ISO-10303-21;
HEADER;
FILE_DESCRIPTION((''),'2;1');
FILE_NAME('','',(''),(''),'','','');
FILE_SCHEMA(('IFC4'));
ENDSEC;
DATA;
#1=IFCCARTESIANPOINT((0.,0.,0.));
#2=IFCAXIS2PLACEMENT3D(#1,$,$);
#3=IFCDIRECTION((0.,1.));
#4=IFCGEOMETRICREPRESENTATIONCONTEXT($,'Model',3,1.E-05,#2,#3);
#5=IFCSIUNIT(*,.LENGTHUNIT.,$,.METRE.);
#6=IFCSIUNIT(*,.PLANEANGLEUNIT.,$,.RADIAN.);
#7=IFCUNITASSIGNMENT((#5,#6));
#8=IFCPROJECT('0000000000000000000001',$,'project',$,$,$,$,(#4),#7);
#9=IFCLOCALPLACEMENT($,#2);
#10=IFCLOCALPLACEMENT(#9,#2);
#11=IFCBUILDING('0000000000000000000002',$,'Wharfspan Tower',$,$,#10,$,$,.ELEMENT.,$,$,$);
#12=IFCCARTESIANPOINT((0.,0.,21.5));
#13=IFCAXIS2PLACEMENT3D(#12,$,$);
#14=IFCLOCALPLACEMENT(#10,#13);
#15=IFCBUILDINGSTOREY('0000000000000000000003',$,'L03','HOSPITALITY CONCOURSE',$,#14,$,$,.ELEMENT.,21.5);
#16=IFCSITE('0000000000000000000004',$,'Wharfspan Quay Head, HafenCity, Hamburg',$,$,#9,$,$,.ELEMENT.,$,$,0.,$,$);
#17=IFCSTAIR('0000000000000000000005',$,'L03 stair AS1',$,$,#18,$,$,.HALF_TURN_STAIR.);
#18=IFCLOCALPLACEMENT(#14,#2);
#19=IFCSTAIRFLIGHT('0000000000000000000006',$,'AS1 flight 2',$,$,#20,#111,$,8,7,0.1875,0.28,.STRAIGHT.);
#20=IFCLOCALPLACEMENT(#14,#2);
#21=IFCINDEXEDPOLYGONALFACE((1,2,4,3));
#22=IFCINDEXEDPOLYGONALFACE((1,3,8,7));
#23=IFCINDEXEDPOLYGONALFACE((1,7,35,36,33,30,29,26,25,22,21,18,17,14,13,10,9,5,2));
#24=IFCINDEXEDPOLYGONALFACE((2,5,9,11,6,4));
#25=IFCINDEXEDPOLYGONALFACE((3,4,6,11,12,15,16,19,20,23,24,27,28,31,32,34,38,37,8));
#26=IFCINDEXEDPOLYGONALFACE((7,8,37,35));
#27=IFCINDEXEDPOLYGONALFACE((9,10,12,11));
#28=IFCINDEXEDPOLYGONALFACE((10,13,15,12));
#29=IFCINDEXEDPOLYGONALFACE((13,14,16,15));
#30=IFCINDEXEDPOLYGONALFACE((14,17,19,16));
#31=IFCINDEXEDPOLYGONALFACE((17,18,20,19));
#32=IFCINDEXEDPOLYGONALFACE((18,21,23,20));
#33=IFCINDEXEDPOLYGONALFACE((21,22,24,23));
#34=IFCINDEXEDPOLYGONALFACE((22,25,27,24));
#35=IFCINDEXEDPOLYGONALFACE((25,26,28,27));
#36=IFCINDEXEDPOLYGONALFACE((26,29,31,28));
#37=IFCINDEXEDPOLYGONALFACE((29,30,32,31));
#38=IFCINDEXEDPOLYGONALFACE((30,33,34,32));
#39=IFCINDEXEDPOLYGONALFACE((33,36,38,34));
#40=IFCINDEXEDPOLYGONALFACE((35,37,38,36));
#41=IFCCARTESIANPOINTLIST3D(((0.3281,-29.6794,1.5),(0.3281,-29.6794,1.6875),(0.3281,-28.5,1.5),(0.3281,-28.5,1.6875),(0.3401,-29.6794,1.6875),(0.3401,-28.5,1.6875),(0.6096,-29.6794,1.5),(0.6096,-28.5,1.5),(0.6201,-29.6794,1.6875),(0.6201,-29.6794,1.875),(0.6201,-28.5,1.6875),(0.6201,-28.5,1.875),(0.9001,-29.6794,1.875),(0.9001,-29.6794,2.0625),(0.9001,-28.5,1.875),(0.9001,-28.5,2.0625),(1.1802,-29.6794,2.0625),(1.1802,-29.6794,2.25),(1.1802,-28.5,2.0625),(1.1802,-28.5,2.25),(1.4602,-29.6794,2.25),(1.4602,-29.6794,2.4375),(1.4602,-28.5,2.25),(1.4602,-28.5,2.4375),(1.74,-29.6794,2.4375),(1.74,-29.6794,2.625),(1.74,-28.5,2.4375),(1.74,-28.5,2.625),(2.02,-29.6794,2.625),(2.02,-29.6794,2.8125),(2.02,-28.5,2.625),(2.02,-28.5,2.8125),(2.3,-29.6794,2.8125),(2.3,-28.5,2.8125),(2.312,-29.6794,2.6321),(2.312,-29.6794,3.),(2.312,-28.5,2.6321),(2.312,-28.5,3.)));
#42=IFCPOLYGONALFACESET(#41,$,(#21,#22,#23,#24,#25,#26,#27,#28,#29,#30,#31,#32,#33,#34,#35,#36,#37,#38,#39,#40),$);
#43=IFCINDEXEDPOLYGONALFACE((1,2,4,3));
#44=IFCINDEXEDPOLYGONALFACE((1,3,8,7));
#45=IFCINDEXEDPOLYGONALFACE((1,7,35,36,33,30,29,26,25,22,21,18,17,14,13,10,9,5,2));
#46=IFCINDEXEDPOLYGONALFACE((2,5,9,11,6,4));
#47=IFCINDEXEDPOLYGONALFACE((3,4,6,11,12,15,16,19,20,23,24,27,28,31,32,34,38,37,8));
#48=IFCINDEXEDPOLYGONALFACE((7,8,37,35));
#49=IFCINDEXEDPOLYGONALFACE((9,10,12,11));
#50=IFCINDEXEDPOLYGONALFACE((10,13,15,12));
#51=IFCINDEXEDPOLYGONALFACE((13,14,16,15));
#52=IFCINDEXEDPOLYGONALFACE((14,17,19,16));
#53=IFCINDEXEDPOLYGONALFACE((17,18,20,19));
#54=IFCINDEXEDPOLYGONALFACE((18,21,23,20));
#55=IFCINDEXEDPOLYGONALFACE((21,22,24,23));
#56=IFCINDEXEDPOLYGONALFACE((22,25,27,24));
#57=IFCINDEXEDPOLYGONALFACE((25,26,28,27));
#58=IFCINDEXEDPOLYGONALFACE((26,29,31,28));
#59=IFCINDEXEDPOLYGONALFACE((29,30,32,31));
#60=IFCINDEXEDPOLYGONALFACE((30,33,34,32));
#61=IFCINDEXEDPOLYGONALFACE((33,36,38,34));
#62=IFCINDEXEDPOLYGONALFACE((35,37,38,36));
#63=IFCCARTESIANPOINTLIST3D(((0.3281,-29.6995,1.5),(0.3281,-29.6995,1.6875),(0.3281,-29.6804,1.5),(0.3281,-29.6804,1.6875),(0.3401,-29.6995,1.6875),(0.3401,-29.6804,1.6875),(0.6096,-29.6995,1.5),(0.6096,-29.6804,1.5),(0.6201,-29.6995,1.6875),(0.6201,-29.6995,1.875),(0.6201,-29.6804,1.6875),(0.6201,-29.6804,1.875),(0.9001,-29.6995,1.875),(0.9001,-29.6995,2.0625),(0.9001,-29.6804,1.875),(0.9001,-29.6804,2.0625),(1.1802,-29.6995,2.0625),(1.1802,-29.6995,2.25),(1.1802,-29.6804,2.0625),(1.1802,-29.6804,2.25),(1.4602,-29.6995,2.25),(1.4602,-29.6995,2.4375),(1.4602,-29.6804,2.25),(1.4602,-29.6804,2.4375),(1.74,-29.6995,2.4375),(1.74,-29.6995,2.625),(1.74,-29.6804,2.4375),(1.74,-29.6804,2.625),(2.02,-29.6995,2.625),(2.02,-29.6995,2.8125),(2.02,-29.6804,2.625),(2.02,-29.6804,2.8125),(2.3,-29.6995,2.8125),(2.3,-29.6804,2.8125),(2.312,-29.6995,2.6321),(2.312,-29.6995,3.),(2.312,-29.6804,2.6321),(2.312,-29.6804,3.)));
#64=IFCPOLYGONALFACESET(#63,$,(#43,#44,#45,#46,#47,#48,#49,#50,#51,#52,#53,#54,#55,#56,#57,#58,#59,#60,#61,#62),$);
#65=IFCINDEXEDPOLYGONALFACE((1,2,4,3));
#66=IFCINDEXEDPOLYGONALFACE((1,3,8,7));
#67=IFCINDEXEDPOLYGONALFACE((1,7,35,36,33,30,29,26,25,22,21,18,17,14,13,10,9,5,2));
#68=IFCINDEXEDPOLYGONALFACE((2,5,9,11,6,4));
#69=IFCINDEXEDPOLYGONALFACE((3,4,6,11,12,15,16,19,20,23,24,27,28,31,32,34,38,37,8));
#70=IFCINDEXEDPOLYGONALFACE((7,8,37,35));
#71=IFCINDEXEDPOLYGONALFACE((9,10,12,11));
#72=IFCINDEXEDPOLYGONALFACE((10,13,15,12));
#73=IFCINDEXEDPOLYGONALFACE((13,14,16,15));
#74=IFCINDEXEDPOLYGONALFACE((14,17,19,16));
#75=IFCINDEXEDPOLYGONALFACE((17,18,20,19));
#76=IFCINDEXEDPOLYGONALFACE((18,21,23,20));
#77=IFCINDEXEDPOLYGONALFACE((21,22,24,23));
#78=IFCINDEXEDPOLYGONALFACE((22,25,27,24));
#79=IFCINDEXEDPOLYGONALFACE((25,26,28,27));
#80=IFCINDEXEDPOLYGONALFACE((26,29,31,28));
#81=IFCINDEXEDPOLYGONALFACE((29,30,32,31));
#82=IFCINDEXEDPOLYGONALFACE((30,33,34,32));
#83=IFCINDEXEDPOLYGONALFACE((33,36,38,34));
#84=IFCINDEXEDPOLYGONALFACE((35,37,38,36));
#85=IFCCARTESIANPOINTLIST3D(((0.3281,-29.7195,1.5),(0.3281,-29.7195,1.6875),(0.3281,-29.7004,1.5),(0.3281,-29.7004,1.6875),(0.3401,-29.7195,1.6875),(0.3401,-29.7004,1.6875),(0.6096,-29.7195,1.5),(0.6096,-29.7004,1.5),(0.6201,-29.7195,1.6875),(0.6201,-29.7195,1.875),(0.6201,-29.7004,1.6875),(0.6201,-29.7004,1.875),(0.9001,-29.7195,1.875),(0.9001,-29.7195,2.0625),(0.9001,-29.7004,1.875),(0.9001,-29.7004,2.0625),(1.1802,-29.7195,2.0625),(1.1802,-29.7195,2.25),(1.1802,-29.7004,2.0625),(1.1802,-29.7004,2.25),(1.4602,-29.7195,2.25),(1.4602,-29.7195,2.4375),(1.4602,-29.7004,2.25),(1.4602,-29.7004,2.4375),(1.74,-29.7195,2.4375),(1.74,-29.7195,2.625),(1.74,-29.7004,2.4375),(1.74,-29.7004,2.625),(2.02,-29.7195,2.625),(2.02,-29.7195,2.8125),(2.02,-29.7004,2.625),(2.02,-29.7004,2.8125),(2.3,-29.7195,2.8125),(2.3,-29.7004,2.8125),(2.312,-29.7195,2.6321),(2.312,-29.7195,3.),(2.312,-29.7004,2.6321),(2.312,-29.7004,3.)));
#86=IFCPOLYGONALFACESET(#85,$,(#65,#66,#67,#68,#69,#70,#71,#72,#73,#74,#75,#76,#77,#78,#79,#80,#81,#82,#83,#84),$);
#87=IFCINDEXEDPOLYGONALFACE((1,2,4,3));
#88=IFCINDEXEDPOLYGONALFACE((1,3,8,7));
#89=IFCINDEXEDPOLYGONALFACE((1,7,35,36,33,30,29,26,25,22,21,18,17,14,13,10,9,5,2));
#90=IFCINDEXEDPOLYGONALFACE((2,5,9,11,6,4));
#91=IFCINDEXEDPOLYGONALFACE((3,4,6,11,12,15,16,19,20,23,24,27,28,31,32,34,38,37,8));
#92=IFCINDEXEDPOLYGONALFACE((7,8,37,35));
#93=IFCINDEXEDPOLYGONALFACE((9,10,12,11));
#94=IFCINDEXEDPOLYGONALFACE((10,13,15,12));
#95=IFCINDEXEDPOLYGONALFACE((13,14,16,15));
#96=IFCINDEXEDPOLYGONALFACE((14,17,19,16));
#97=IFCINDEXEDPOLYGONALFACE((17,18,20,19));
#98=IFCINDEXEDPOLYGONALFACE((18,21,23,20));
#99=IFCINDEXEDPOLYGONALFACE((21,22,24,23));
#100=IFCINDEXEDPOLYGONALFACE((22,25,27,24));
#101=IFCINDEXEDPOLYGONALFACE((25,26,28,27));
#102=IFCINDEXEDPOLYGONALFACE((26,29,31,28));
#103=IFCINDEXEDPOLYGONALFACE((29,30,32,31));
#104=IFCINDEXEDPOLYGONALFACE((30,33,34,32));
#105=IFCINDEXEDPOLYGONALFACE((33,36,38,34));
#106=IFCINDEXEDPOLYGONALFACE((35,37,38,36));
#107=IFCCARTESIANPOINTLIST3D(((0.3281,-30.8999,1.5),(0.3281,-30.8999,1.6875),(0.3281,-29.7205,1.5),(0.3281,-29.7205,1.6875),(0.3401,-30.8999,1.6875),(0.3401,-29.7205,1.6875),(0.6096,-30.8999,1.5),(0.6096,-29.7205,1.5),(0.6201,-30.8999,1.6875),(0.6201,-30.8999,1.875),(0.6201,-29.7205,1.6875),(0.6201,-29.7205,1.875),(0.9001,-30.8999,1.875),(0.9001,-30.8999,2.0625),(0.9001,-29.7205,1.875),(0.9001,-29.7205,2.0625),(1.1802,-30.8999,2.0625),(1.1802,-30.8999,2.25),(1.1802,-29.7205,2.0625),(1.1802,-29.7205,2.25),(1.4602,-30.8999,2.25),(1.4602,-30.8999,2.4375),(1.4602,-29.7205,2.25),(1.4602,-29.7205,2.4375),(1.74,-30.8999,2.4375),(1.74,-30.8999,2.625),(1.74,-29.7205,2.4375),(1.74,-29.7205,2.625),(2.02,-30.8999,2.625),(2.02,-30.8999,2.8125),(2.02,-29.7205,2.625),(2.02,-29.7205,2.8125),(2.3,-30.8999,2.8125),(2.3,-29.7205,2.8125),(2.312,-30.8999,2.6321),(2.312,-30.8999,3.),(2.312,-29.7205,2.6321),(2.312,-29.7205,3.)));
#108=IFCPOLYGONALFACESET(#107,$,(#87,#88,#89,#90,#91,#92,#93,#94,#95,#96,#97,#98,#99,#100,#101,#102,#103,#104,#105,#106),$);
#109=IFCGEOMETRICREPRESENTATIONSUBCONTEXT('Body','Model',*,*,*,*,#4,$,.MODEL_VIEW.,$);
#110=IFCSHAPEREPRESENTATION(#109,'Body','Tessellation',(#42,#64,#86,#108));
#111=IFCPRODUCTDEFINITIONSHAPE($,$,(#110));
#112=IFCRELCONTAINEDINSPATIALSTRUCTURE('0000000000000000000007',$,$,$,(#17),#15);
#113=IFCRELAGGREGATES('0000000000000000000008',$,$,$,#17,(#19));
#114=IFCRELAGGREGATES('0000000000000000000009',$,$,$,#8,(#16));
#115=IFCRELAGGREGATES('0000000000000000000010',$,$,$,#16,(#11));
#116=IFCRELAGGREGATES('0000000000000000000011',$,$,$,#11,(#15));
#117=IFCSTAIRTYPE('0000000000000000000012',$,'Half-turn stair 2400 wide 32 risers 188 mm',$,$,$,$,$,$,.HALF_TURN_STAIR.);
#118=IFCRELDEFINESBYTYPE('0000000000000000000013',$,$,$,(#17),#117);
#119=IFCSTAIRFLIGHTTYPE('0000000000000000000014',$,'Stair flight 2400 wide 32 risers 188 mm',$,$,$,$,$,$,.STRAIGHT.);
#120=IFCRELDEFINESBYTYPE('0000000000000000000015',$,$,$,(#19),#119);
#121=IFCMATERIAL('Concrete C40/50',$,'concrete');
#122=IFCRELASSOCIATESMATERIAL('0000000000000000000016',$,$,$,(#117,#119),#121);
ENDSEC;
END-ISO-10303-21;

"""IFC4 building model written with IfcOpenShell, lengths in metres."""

from ifc_helpers import new_model, si_unit, direction, frame, origin, place, context, subcontext, project, spatial, polyline, outline, extrude, material, type_object, element, aggregate, save


model = new_model("IFC4")

# Units and contexts
model_context = context("Model", 3, precision=1e-05, world=origin(), true_north=direction((0.0, 1.0)))
body_context = subcontext(model_context, "Body", "Model", "MODEL_VIEW")
ifc_project = project(units=[si_unit("LENGTHUNIT", "METRE"), si_unit("PLANEANGLEUNIT", "RADIAN")], contexts=[model_context])

# Site, building, storey
site_placement = place(None, origin())
site = spatial("IfcSite", under=ifc_project, at=site_placement, Name="Wharfspan Quay Head, HafenCity, Hamburg", CompositionType="ELEMENT", RefElevation=0.0)
building_placement = place(site_placement, origin())
building = spatial("IfcBuilding", under=site, at=building_placement, Name="Wharfspan Tower", CompositionType="ELEMENT")
storey_placement = place(building_placement, frame((0.0, 0.0, 21.5)))
storey = spatial("IfcBuildingStorey", under=building, at=storey_placement, Name="L03", Description="HOSPITALITY CONCOURSE", CompositionType="ELEMENT", Elevation=21.5)

# Shared definitions
ifc_material_1 = material(Name="Concrete C40/50", Category="concrete")
stair_type = type_object("IfcStairType", Name="Half-turn stair 2400 wide 32 risers 188 mm", PredefinedType="HALF_TURN_STAIR", material=ifc_material_1)

# Stair, stair flight
stair_1_placement = place(storey_placement, origin())
stair_1 = element("IfcStair", 1, at=stair_1_placement, inside=storey, type_object=stair_type, Name="L03 stair AS1", PredefinedType="HALF_TURN_STAIR")
stair_flight_type = type_object("IfcStairFlightType", Name="Stair flight 2400 wide 32 risers 188 mm", PredefinedType="STRAIGHT", material=ifc_material_1)
stair_flight_1_placement = place(storey_placement, frame((0.3401, -29.7, 1.5), z_axis=(0.0, 0.0, 1.0), x_axis=(1.0, 0.0, 0.0)))
stair_flight_1 = element("IfcStairFlight", 2, at=stair_flight_1_placement, type_object=stair_flight_type, Name="AS1 flight 2", NumberOfRisers=8, NumberOfTreads=7, PredefinedType="STRAIGHT", RiserHeight=0.1875, TreadLength=0.28, context=body_context, shape_type="SweptSolid", body=[
    extrude(outline(polyline([(-0.012, 0.0), (-0.012, 0.1875), (0.0, 0.1875), (0.28, 0.1875), (0.28, 0.375), (0.5601, 0.375), (0.5601, 0.5625), (0.8401, 0.5625), (0.8401, 0.75), (1.1201, 0.75), (1.1201, 0.9375), (1.3999, 0.9375), (1.3999, 1.125), (1.6799, 1.125), (1.6799, 1.3125), (1.96, 1.3125), (1.9719, 1.5), (1.9719, 1.1321), (0.2695, 0.0), (-0.012, 0.0)])), frame((0.0, 1.2, 0.0), z_axis=(0.0, -1.0, 0.0), x_axis=(1.0, 0.0, 0.0)), (0.0, 0.0, 1.0), 1.1794),
    extrude(outline(polyline([(-0.012, 0.0), (-0.012, 0.1875), (0.0, 0.1875), (0.28, 0.1875), (0.28, 0.375), (0.5601, 0.375), (0.5601, 0.5625), (0.8401, 0.5625), (0.8401, 0.75), (1.1201, 0.75), (1.1201, 0.9375), (1.3999, 0.9375), (1.3999, 1.125), (1.6799, 1.125), (1.6799, 1.3125), (1.96, 1.3125), (1.9719, 1.5), (1.9719, 1.1321), (0.2695, 0.0), (-0.012, 0.0)])), frame((0.0, 0.0195, 0.0), z_axis=(0.0, -1.0, 0.0), x_axis=(1.0, 0.0, 0.0)), (0.0, 0.0, 1.0), 0.019),
    extrude(outline(polyline([(-0.012, 0.0), (-0.012, 0.1875), (0.0, 0.1875), (0.28, 0.1875), (0.28, 0.375), (0.5601, 0.375), (0.5601, 0.5625), (0.8401, 0.5625), (0.8401, 0.75), (1.1201, 0.75), (1.1201, 0.9375), (1.3999, 0.9375), (1.3999, 1.125), (1.6799, 1.125), (1.6799, 1.3125), (1.96, 1.3125), (1.9719, 1.5), (1.9719, 1.1321), (0.2695, 0.0), (-0.012, 0.0)])), frame((0.0, -0.0005, 0.0), z_axis=(0.0, -1.0, 0.0), x_axis=(1.0, 0.0, 0.0)), (0.0, 0.0, 1.0), 0.019),
    extrude(outline(polyline([(-0.012, 0.0), (-0.012, 0.1875), (0.0, 0.1875), (0.28, 0.1875), (0.28, 0.375), (0.5601, 0.375), (0.5601, 0.5625), (0.8401, 0.5625), (0.8401, 0.75), (1.1201, 0.75), (1.1201, 0.9375), (1.3999, 0.9375), (1.3999, 1.125), (1.6799, 1.125), (1.6799, 1.3125), (1.96, 1.3125), (1.9719, 1.5), (1.9719, 1.1321), (0.2695, 0.0), (-0.012, 0.0)])), frame((0.0, -0.0205, 0.0), z_axis=(0.0, -1.0, 0.0), x_axis=(1.0, 0.0, 0.0)), (0.0, 0.0, 1.0), 1.1794),
])
aggregate(stair_1, [stair_flight_1])

save(model, "model.ifc")
